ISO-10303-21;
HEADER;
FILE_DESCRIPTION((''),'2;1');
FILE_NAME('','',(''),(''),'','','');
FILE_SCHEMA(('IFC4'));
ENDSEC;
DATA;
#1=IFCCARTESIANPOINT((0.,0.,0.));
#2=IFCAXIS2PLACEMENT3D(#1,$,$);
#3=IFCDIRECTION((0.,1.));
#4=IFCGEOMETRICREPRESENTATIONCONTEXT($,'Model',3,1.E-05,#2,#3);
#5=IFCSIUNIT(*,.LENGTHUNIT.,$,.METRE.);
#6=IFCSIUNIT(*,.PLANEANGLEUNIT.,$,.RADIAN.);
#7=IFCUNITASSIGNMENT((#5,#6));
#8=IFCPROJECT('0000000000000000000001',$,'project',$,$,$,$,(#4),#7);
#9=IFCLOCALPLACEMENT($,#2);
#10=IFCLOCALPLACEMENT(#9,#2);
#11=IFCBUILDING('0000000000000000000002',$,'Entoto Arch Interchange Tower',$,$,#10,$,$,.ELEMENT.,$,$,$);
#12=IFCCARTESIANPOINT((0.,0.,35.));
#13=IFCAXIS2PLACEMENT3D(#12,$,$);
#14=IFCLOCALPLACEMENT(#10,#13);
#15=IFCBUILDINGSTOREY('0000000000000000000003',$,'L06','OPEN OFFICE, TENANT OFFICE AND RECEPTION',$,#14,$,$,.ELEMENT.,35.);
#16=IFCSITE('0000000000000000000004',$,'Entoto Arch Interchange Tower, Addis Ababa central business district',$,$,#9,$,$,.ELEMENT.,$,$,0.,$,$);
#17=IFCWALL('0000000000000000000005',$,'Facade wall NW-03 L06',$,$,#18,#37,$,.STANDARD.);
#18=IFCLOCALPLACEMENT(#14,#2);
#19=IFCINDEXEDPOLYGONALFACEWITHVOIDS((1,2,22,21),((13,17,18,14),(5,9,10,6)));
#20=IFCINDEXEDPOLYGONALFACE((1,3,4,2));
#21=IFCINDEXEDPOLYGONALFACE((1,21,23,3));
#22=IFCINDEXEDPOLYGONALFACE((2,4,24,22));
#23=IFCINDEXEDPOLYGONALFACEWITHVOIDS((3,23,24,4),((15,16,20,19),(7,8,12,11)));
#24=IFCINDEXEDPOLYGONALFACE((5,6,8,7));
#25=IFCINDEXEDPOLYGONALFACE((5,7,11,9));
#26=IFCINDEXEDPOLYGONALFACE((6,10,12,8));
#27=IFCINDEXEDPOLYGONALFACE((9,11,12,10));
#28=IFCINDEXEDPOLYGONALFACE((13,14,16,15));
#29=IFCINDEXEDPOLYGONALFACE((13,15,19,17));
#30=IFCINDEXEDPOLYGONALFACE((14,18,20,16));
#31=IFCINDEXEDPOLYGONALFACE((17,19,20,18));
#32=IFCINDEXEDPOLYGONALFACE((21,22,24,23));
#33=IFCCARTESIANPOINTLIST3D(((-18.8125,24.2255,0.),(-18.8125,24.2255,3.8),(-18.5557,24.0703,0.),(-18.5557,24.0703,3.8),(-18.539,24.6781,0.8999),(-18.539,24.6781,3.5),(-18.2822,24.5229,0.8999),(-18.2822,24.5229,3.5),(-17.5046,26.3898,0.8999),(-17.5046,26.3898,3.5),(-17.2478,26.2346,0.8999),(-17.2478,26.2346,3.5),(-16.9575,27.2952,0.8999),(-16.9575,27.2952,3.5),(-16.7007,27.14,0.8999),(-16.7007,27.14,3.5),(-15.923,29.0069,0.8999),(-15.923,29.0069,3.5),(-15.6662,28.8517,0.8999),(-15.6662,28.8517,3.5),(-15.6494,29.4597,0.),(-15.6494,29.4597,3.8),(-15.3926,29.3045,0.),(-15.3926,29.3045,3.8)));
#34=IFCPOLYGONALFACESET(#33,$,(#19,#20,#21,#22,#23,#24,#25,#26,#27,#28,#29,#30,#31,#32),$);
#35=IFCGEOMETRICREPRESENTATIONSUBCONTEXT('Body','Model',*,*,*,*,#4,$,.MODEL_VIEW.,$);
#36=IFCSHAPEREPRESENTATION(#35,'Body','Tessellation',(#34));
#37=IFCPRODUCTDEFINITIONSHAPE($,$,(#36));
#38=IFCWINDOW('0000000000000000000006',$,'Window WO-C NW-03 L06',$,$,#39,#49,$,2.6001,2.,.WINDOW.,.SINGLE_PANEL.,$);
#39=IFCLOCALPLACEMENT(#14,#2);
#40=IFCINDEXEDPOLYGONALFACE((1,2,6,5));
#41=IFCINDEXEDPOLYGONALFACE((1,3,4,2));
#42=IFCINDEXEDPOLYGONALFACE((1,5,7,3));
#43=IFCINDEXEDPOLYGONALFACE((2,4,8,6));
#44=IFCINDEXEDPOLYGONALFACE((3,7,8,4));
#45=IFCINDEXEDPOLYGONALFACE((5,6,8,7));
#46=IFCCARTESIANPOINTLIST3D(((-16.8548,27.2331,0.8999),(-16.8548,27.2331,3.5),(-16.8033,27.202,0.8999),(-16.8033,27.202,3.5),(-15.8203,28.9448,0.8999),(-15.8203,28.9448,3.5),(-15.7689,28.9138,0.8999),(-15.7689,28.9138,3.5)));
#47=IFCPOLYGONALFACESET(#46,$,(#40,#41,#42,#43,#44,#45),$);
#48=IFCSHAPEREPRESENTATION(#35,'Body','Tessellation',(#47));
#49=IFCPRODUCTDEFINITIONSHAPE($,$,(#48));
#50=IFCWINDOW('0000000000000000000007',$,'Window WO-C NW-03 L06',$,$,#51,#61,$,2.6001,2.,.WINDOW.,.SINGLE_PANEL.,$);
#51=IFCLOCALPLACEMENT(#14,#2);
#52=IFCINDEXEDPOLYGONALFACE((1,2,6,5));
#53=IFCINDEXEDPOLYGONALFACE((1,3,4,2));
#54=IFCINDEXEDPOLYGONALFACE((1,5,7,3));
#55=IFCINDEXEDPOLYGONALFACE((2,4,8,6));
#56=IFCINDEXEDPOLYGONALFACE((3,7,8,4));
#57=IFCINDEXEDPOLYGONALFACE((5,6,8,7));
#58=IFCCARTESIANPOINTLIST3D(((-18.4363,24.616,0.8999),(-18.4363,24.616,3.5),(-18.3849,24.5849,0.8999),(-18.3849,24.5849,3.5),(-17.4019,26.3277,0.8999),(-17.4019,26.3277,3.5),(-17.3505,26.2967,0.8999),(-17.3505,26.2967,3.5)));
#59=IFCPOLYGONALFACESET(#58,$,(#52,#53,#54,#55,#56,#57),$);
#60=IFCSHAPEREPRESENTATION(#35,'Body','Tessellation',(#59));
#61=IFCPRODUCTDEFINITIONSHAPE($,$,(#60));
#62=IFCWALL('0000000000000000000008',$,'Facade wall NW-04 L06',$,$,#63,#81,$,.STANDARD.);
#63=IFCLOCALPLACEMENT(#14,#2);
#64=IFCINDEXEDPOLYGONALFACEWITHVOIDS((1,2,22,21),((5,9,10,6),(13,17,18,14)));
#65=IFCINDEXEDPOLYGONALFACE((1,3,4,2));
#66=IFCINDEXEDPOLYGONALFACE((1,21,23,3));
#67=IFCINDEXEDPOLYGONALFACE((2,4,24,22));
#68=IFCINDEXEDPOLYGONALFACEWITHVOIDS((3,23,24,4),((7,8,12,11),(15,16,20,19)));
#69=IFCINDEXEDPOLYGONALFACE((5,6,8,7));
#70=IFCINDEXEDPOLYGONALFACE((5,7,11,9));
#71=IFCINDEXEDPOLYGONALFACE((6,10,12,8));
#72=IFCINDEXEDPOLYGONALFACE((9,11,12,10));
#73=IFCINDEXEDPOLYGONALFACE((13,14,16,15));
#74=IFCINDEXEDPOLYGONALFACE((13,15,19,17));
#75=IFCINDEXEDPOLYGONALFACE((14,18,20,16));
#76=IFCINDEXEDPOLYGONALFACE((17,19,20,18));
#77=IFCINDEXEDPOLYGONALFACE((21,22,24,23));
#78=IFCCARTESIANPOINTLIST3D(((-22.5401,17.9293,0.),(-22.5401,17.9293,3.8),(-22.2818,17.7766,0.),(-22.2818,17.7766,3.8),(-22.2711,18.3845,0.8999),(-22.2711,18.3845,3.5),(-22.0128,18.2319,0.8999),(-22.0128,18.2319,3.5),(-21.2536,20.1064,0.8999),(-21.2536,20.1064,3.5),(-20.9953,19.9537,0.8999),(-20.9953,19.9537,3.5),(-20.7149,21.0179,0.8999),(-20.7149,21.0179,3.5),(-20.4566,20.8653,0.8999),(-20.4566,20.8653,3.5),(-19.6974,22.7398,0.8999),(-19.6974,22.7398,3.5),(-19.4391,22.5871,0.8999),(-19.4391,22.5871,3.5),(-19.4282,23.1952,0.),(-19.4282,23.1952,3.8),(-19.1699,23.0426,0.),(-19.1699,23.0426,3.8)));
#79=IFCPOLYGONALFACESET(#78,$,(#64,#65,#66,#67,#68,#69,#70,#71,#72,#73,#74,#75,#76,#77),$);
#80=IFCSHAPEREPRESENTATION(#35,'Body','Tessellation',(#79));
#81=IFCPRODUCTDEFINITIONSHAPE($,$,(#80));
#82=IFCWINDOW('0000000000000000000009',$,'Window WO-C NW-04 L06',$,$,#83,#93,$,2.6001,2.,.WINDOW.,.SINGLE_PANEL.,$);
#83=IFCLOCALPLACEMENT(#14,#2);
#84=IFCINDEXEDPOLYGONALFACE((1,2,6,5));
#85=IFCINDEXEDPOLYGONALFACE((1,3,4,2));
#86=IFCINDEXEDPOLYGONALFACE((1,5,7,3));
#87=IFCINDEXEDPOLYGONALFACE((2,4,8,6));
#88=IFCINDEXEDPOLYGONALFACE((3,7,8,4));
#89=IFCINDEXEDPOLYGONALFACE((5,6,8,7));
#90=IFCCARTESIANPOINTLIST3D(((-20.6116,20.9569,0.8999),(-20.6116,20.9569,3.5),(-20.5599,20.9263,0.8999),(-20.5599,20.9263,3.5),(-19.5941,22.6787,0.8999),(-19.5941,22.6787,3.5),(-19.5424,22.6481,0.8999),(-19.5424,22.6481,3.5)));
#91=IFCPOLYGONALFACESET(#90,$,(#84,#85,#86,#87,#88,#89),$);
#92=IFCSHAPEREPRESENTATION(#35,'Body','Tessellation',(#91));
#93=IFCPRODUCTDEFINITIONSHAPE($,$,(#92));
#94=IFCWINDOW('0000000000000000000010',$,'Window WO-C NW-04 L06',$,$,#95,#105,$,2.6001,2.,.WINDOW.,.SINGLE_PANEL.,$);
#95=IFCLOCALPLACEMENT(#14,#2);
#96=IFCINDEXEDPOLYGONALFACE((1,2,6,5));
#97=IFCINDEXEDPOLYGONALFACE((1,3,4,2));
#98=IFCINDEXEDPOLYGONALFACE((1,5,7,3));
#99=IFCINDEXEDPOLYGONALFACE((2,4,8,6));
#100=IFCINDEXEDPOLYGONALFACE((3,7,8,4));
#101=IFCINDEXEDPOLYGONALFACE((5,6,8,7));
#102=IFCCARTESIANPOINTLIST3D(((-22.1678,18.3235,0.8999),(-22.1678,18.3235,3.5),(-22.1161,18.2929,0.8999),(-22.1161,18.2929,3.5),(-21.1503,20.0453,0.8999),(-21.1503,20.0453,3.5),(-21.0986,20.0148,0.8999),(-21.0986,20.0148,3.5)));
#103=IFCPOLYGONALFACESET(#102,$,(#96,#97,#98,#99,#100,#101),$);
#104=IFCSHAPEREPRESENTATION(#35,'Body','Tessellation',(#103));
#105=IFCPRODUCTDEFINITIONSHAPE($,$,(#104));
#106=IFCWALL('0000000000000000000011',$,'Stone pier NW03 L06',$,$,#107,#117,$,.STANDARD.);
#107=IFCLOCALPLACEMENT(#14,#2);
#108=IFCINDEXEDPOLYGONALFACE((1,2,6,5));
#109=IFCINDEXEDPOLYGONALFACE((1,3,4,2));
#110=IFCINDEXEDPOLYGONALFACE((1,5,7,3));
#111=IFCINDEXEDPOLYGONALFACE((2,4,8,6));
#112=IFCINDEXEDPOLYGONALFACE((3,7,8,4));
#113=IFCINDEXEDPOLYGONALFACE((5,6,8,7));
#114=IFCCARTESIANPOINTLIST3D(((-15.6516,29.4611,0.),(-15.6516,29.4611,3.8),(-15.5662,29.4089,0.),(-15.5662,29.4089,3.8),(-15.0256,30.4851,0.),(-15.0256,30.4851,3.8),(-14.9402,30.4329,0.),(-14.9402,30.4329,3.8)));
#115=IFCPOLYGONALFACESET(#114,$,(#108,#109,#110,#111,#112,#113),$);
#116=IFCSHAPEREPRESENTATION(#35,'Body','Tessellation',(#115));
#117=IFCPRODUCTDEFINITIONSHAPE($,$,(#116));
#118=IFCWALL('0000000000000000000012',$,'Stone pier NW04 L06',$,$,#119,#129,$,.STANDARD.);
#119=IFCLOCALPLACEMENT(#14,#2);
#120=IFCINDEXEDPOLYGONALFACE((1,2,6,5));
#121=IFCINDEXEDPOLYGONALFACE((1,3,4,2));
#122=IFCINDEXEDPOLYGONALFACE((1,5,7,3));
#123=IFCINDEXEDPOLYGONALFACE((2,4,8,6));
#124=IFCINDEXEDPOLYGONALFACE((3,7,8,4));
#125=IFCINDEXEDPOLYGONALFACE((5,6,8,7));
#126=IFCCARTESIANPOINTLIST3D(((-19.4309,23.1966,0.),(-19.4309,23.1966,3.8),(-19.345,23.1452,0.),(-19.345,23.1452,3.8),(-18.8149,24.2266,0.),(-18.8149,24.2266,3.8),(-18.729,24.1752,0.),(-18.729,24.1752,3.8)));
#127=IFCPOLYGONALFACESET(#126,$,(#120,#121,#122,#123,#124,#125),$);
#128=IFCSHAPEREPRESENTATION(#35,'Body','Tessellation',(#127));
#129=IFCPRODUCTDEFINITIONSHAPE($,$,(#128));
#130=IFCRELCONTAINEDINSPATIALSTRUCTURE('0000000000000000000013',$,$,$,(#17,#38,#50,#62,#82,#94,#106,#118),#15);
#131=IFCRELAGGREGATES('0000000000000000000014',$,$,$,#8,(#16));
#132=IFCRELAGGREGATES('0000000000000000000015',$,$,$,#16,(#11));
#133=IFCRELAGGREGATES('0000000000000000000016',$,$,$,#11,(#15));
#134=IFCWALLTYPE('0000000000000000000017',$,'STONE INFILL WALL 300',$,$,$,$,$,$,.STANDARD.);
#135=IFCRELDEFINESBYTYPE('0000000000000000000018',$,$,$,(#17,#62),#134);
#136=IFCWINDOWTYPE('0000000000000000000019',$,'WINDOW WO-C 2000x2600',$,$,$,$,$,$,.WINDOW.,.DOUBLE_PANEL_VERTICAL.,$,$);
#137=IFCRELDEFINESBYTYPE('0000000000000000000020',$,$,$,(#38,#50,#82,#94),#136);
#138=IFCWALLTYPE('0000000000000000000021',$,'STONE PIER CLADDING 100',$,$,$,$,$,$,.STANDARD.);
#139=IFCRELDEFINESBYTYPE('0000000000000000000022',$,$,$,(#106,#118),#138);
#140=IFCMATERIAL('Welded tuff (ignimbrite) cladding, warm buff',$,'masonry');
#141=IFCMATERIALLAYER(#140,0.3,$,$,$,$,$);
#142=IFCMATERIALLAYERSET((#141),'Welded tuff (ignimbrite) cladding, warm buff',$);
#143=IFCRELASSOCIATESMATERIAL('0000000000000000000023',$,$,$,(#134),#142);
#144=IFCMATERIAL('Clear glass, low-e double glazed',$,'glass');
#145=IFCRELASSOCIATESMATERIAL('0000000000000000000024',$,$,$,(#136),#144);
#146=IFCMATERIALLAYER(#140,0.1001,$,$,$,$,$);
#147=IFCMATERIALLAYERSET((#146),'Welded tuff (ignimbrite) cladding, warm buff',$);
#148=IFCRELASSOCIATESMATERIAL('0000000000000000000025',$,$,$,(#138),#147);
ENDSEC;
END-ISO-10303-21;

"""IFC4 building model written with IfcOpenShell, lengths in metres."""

from ifc_helpers import new_model, si_unit, direction, frame, frame_2d, origin, place, context, subcontext, project, spatial, rectangle, extrude, material, layer, layer_set, type_object, element, fill, save


model = new_model("IFC4")

# Units and contexts
model_context = context("Model", 3, precision=1e-05, world=origin(), true_north=direction((0.0, 1.0)))
body_context = subcontext(model_context, "Body", "Model", "MODEL_VIEW")
ifc_project = project(units=[si_unit("LENGTHUNIT", "METRE"), si_unit("PLANEANGLEUNIT", "RADIAN")], contexts=[model_context])

# Site, building, storey
site_placement = place(None, origin())
site = spatial("IfcSite", under=ifc_project, at=site_placement, Name="Entoto Arch Interchange Tower, Addis Ababa central business district", CompositionType="ELEMENT", RefElevation=0.0)
building_placement = place(site_placement, origin())
building = spatial("IfcBuilding", under=site, at=building_placement, Name="Entoto Arch Interchange Tower", CompositionType="ELEMENT")
storey_placement = place(building_placement, frame((0.0, 0.0, 35.0)))
storey = spatial("IfcBuildingStorey", under=building, at=storey_placement, Name="L06", Description="OPEN OFFICE, TENANT OFFICE AND RECEPTION", CompositionType="ELEMENT", Elevation=35.0)

# Walls, openings, windows
ifc_material_1 = material(Name="Welded tuff (ignimbrite) cladding, warm buff", Category="masonry")
ifc_layer_1 = layer(ifc_material_1, 0.3)
ifc_layer_set_1 = layer_set([ifc_layer_1], Name="Welded tuff (ignimbrite) cladding, warm buff")
wall_type_1 = type_object("IfcWallType", Name="STONE INFILL WALL 300", PredefinedType="STANDARD", material=ifc_layer_set_1)
wall_1_placement = place(storey_placement, frame((-15.521, 29.3821, 0.0), z_axis=(0.0, 0.0, 1.0), x_axis=(-0.517211, -0.855858, 0.0)))
wall_1 = element("IfcWall", 1, at=wall_1_placement, inside=storey, type_object=wall_type_1, Name="Facade wall NW-03 L06", PredefinedType="STANDARD", context=body_context, shape_type="SweptSolid", body=[
    extrude(rectangle(XDim=6.1157, YDim=0.3, at=frame_2d((3.0579, 0.0))), origin(), (0.0, 0.0, 1.0), 3.8),
])
opening_1_placement = place(wall_1_placement, frame((0.5291, 0.0, 0.8999)))
opening_1 = element("IfcOpeningElement", 2, at=opening_1_placement, cuts=wall_1, PredefinedType="OPENING", context=body_context, shape_type="SweptSolid", body=[
    extrude(rectangle(XDim=2.0, YDim=2.6001, at=frame_2d((1.0, 1.3))), frame((0.0, 0.1602, 0.0), z_axis=(0.0, -1.0, 0.0), x_axis=(1.0, 0.0, 0.0)), (0.0, 0.0, 1.0), 0.3201),
])
opening_2_placement = place(wall_1_placement, frame((3.5869, 0.0, 0.8999)))
opening_2 = element("IfcOpeningElement", 3, at=opening_2_placement, cuts=wall_1, PredefinedType="OPENING", context=body_context, shape_type="SweptSolid", body=[
    extrude(rectangle(XDim=2.0, YDim=2.6001, at=frame_2d((1.0, 1.3))), frame((0.0, 0.1602, 0.0), z_axis=(0.0, -1.0, 0.0), x_axis=(1.0, 0.0, 0.0)), (0.0, 0.0, 1.0), 0.3201),
])
ifc_material_2 = material(Name="Clear glass, low-e double glazed", Category="glass")
window_type = type_object("IfcWindowType", Name="WINDOW WO-C 2000x2600", PartitioningType="DOUBLE_PANEL_VERTICAL", PredefinedType="WINDOW", material=ifc_material_2)
window_1_placement = place(opening_1_placement, origin())
window_1 = element("IfcWindow", 4, at=window_1_placement, inside=storey, type_object=window_type, Name="Window WO-C NW-03 L06", OverallHeight=2.6001, OverallWidth=2.0, PartitioningType="SINGLE_PANEL", PredefinedType="WINDOW", context=body_context, shape_type="SweptSolid", body=[
    extrude(rectangle(XDim=2.0, YDim=2.6001, at=frame_2d((1.0, 1.3))), frame((0.0, 0.03, 0.0), z_axis=(0.0, -1.0, 0.0), x_axis=(1.0, 0.0, 0.0)), (0.0, 0.0, 1.0), 0.0601),
])
fill(opening_1, window_1)
window_2_placement = place(opening_2_placement, origin())
window_2 = element("IfcWindow", 5, at=window_2_placement, inside=storey, type_object=window_type, Name="Window WO-C NW-03 L06", OverallHeight=2.6001, OverallWidth=2.0, PartitioningType="SINGLE_PANEL", PredefinedType="WINDOW", context=body_context, shape_type="SweptSolid", body=[
    extrude(rectangle(XDim=2.0, YDim=2.6001, at=frame_2d((1.0, 1.3))), frame((0.0, 0.03, 0.0), z_axis=(0.0, -1.0, 0.0), x_axis=(1.0, 0.0, 0.0)), (0.0, 0.0, 1.0), 0.0601),
])
fill(opening_2, window_2)
wall_2_placement = place(storey_placement, frame((-19.2991, 23.1189, 0.0), z_axis=(0.0, 0.0, 1.0), x_axis=(-0.508749, -0.860915, 0.0)))
wall_2 = element("IfcWall", 6, at=wall_2_placement, inside=storey, type_object=wall_type_1, Name="Facade wall NW-04 L06", PredefinedType="STANDARD", context=body_context, shape_type="SweptSolid", body=[
    extrude(rectangle(XDim=6.1167, YDim=0.3, at=frame_2d((3.0583, 0.0))), origin(), (0.0, 0.0, 1.0), 3.8),
])
opening_3_placement = place(wall_2_placement, frame((0.5291, 0.0, 0.8999)))
opening_3 = element("IfcOpeningElement", 7, at=opening_3_placement, cuts=wall_2, PredefinedType="OPENING", context=body_context, shape_type="SweptSolid", body=[
    extrude(rectangle(XDim=2.0, YDim=2.6001, at=frame_2d((1.0, 1.3))), frame((0.0, 0.1602, 0.0), z_axis=(0.0, -1.0, 0.0), x_axis=(1.0, 0.0, 0.0)), (0.0, 0.0, 1.0), 0.3201),
])
opening_4_placement = place(wall_2_placement, frame((3.5879, 0.0, 0.8999)))
opening_4 = element("IfcOpeningElement", 8, at=opening_4_placement, cuts=wall_2, PredefinedType="OPENING", context=body_context, shape_type="SweptSolid", body=[
    extrude(rectangle(XDim=2.0, YDim=2.6001, at=frame_2d((1.0, 1.3))), frame((0.0, 0.1602, 0.0), z_axis=(0.0, -1.0, 0.0), x_axis=(1.0, 0.0, 0.0)), (0.0, 0.0, 1.0), 0.3201),
])
window_3_placement = place(opening_3_placement, origin())
window_3 = element("IfcWindow", 9, at=window_3_placement, inside=storey, type_object=window_type, Name="Window WO-C NW-04 L06", OverallHeight=2.6001, OverallWidth=2.0, PartitioningType="SINGLE_PANEL", PredefinedType="WINDOW", context=body_context, shape_type="SweptSolid", body=[
    extrude(rectangle(XDim=2.0, YDim=2.6001, at=frame_2d((1.0, 1.3))), frame((0.0, 0.03, 0.0), z_axis=(0.0, -1.0, 0.0), x_axis=(1.0, 0.0, 0.0)), (0.0, 0.0, 1.0), 0.0601),
])
fill(opening_3, window_3)
window_4_placement = place(opening_4_placement, origin())
window_4 = element("IfcWindow", 10, at=window_4_placement, inside=storey, type_object=window_type, Name="Window WO-C NW-04 L06", OverallHeight=2.6001, OverallWidth=2.0, PartitioningType="SINGLE_PANEL", PredefinedType="WINDOW", context=body_context, shape_type="SweptSolid", body=[
    extrude(rectangle(XDim=2.0, YDim=2.6001, at=frame_2d((1.0, 1.3))), frame((0.0, 0.03, 0.0), z_axis=(0.0, -1.0, 0.0), x_axis=(1.0, 0.0, 0.0)), (0.0, 0.0, 1.0), 0.0601),
])
fill(opening_4, window_4)

# Walls
ifc_layer_2 = layer(ifc_material_1, 0.1001)
ifc_layer_set_2 = layer_set([ifc_layer_2], Name="Welded tuff (ignimbrite) cladding, warm buff")
wall_type_2 = type_object("IfcWallType", Name="STONE PIER CLADDING 100", PredefinedType="STANDARD", material=ifc_layer_set_2)
for number, where, z_axis, x_axis, name in (
    (11, (-14.9829, 30.459, 0.0), (0.0, 0.0, 1.0), (-0.521598, -0.853191, 0.0), "Stone pier NW03 L06"),
    (12, (-18.772, 24.2009, 0.0), (0.0, 0.0, 1.0), (-0.513239, -0.858246, 0.0), "Stone pier NW04 L06"),
):
    element("IfcWall", number, at=place(storey_placement, frame(where, z_axis=z_axis, x_axis=x_axis)), inside=storey, type_object=wall_type_2, Name=name, PredefinedType="STANDARD", context=body_context, shape_type="SweptSolid", body=[
        extrude(rectangle(XDim=1.2002, YDim=0.1001, at=frame_2d((0.6001, 0.0))), origin(), (0.0, 0.0, 1.0), 3.8),
    ])

save(model, "model.ifc")
